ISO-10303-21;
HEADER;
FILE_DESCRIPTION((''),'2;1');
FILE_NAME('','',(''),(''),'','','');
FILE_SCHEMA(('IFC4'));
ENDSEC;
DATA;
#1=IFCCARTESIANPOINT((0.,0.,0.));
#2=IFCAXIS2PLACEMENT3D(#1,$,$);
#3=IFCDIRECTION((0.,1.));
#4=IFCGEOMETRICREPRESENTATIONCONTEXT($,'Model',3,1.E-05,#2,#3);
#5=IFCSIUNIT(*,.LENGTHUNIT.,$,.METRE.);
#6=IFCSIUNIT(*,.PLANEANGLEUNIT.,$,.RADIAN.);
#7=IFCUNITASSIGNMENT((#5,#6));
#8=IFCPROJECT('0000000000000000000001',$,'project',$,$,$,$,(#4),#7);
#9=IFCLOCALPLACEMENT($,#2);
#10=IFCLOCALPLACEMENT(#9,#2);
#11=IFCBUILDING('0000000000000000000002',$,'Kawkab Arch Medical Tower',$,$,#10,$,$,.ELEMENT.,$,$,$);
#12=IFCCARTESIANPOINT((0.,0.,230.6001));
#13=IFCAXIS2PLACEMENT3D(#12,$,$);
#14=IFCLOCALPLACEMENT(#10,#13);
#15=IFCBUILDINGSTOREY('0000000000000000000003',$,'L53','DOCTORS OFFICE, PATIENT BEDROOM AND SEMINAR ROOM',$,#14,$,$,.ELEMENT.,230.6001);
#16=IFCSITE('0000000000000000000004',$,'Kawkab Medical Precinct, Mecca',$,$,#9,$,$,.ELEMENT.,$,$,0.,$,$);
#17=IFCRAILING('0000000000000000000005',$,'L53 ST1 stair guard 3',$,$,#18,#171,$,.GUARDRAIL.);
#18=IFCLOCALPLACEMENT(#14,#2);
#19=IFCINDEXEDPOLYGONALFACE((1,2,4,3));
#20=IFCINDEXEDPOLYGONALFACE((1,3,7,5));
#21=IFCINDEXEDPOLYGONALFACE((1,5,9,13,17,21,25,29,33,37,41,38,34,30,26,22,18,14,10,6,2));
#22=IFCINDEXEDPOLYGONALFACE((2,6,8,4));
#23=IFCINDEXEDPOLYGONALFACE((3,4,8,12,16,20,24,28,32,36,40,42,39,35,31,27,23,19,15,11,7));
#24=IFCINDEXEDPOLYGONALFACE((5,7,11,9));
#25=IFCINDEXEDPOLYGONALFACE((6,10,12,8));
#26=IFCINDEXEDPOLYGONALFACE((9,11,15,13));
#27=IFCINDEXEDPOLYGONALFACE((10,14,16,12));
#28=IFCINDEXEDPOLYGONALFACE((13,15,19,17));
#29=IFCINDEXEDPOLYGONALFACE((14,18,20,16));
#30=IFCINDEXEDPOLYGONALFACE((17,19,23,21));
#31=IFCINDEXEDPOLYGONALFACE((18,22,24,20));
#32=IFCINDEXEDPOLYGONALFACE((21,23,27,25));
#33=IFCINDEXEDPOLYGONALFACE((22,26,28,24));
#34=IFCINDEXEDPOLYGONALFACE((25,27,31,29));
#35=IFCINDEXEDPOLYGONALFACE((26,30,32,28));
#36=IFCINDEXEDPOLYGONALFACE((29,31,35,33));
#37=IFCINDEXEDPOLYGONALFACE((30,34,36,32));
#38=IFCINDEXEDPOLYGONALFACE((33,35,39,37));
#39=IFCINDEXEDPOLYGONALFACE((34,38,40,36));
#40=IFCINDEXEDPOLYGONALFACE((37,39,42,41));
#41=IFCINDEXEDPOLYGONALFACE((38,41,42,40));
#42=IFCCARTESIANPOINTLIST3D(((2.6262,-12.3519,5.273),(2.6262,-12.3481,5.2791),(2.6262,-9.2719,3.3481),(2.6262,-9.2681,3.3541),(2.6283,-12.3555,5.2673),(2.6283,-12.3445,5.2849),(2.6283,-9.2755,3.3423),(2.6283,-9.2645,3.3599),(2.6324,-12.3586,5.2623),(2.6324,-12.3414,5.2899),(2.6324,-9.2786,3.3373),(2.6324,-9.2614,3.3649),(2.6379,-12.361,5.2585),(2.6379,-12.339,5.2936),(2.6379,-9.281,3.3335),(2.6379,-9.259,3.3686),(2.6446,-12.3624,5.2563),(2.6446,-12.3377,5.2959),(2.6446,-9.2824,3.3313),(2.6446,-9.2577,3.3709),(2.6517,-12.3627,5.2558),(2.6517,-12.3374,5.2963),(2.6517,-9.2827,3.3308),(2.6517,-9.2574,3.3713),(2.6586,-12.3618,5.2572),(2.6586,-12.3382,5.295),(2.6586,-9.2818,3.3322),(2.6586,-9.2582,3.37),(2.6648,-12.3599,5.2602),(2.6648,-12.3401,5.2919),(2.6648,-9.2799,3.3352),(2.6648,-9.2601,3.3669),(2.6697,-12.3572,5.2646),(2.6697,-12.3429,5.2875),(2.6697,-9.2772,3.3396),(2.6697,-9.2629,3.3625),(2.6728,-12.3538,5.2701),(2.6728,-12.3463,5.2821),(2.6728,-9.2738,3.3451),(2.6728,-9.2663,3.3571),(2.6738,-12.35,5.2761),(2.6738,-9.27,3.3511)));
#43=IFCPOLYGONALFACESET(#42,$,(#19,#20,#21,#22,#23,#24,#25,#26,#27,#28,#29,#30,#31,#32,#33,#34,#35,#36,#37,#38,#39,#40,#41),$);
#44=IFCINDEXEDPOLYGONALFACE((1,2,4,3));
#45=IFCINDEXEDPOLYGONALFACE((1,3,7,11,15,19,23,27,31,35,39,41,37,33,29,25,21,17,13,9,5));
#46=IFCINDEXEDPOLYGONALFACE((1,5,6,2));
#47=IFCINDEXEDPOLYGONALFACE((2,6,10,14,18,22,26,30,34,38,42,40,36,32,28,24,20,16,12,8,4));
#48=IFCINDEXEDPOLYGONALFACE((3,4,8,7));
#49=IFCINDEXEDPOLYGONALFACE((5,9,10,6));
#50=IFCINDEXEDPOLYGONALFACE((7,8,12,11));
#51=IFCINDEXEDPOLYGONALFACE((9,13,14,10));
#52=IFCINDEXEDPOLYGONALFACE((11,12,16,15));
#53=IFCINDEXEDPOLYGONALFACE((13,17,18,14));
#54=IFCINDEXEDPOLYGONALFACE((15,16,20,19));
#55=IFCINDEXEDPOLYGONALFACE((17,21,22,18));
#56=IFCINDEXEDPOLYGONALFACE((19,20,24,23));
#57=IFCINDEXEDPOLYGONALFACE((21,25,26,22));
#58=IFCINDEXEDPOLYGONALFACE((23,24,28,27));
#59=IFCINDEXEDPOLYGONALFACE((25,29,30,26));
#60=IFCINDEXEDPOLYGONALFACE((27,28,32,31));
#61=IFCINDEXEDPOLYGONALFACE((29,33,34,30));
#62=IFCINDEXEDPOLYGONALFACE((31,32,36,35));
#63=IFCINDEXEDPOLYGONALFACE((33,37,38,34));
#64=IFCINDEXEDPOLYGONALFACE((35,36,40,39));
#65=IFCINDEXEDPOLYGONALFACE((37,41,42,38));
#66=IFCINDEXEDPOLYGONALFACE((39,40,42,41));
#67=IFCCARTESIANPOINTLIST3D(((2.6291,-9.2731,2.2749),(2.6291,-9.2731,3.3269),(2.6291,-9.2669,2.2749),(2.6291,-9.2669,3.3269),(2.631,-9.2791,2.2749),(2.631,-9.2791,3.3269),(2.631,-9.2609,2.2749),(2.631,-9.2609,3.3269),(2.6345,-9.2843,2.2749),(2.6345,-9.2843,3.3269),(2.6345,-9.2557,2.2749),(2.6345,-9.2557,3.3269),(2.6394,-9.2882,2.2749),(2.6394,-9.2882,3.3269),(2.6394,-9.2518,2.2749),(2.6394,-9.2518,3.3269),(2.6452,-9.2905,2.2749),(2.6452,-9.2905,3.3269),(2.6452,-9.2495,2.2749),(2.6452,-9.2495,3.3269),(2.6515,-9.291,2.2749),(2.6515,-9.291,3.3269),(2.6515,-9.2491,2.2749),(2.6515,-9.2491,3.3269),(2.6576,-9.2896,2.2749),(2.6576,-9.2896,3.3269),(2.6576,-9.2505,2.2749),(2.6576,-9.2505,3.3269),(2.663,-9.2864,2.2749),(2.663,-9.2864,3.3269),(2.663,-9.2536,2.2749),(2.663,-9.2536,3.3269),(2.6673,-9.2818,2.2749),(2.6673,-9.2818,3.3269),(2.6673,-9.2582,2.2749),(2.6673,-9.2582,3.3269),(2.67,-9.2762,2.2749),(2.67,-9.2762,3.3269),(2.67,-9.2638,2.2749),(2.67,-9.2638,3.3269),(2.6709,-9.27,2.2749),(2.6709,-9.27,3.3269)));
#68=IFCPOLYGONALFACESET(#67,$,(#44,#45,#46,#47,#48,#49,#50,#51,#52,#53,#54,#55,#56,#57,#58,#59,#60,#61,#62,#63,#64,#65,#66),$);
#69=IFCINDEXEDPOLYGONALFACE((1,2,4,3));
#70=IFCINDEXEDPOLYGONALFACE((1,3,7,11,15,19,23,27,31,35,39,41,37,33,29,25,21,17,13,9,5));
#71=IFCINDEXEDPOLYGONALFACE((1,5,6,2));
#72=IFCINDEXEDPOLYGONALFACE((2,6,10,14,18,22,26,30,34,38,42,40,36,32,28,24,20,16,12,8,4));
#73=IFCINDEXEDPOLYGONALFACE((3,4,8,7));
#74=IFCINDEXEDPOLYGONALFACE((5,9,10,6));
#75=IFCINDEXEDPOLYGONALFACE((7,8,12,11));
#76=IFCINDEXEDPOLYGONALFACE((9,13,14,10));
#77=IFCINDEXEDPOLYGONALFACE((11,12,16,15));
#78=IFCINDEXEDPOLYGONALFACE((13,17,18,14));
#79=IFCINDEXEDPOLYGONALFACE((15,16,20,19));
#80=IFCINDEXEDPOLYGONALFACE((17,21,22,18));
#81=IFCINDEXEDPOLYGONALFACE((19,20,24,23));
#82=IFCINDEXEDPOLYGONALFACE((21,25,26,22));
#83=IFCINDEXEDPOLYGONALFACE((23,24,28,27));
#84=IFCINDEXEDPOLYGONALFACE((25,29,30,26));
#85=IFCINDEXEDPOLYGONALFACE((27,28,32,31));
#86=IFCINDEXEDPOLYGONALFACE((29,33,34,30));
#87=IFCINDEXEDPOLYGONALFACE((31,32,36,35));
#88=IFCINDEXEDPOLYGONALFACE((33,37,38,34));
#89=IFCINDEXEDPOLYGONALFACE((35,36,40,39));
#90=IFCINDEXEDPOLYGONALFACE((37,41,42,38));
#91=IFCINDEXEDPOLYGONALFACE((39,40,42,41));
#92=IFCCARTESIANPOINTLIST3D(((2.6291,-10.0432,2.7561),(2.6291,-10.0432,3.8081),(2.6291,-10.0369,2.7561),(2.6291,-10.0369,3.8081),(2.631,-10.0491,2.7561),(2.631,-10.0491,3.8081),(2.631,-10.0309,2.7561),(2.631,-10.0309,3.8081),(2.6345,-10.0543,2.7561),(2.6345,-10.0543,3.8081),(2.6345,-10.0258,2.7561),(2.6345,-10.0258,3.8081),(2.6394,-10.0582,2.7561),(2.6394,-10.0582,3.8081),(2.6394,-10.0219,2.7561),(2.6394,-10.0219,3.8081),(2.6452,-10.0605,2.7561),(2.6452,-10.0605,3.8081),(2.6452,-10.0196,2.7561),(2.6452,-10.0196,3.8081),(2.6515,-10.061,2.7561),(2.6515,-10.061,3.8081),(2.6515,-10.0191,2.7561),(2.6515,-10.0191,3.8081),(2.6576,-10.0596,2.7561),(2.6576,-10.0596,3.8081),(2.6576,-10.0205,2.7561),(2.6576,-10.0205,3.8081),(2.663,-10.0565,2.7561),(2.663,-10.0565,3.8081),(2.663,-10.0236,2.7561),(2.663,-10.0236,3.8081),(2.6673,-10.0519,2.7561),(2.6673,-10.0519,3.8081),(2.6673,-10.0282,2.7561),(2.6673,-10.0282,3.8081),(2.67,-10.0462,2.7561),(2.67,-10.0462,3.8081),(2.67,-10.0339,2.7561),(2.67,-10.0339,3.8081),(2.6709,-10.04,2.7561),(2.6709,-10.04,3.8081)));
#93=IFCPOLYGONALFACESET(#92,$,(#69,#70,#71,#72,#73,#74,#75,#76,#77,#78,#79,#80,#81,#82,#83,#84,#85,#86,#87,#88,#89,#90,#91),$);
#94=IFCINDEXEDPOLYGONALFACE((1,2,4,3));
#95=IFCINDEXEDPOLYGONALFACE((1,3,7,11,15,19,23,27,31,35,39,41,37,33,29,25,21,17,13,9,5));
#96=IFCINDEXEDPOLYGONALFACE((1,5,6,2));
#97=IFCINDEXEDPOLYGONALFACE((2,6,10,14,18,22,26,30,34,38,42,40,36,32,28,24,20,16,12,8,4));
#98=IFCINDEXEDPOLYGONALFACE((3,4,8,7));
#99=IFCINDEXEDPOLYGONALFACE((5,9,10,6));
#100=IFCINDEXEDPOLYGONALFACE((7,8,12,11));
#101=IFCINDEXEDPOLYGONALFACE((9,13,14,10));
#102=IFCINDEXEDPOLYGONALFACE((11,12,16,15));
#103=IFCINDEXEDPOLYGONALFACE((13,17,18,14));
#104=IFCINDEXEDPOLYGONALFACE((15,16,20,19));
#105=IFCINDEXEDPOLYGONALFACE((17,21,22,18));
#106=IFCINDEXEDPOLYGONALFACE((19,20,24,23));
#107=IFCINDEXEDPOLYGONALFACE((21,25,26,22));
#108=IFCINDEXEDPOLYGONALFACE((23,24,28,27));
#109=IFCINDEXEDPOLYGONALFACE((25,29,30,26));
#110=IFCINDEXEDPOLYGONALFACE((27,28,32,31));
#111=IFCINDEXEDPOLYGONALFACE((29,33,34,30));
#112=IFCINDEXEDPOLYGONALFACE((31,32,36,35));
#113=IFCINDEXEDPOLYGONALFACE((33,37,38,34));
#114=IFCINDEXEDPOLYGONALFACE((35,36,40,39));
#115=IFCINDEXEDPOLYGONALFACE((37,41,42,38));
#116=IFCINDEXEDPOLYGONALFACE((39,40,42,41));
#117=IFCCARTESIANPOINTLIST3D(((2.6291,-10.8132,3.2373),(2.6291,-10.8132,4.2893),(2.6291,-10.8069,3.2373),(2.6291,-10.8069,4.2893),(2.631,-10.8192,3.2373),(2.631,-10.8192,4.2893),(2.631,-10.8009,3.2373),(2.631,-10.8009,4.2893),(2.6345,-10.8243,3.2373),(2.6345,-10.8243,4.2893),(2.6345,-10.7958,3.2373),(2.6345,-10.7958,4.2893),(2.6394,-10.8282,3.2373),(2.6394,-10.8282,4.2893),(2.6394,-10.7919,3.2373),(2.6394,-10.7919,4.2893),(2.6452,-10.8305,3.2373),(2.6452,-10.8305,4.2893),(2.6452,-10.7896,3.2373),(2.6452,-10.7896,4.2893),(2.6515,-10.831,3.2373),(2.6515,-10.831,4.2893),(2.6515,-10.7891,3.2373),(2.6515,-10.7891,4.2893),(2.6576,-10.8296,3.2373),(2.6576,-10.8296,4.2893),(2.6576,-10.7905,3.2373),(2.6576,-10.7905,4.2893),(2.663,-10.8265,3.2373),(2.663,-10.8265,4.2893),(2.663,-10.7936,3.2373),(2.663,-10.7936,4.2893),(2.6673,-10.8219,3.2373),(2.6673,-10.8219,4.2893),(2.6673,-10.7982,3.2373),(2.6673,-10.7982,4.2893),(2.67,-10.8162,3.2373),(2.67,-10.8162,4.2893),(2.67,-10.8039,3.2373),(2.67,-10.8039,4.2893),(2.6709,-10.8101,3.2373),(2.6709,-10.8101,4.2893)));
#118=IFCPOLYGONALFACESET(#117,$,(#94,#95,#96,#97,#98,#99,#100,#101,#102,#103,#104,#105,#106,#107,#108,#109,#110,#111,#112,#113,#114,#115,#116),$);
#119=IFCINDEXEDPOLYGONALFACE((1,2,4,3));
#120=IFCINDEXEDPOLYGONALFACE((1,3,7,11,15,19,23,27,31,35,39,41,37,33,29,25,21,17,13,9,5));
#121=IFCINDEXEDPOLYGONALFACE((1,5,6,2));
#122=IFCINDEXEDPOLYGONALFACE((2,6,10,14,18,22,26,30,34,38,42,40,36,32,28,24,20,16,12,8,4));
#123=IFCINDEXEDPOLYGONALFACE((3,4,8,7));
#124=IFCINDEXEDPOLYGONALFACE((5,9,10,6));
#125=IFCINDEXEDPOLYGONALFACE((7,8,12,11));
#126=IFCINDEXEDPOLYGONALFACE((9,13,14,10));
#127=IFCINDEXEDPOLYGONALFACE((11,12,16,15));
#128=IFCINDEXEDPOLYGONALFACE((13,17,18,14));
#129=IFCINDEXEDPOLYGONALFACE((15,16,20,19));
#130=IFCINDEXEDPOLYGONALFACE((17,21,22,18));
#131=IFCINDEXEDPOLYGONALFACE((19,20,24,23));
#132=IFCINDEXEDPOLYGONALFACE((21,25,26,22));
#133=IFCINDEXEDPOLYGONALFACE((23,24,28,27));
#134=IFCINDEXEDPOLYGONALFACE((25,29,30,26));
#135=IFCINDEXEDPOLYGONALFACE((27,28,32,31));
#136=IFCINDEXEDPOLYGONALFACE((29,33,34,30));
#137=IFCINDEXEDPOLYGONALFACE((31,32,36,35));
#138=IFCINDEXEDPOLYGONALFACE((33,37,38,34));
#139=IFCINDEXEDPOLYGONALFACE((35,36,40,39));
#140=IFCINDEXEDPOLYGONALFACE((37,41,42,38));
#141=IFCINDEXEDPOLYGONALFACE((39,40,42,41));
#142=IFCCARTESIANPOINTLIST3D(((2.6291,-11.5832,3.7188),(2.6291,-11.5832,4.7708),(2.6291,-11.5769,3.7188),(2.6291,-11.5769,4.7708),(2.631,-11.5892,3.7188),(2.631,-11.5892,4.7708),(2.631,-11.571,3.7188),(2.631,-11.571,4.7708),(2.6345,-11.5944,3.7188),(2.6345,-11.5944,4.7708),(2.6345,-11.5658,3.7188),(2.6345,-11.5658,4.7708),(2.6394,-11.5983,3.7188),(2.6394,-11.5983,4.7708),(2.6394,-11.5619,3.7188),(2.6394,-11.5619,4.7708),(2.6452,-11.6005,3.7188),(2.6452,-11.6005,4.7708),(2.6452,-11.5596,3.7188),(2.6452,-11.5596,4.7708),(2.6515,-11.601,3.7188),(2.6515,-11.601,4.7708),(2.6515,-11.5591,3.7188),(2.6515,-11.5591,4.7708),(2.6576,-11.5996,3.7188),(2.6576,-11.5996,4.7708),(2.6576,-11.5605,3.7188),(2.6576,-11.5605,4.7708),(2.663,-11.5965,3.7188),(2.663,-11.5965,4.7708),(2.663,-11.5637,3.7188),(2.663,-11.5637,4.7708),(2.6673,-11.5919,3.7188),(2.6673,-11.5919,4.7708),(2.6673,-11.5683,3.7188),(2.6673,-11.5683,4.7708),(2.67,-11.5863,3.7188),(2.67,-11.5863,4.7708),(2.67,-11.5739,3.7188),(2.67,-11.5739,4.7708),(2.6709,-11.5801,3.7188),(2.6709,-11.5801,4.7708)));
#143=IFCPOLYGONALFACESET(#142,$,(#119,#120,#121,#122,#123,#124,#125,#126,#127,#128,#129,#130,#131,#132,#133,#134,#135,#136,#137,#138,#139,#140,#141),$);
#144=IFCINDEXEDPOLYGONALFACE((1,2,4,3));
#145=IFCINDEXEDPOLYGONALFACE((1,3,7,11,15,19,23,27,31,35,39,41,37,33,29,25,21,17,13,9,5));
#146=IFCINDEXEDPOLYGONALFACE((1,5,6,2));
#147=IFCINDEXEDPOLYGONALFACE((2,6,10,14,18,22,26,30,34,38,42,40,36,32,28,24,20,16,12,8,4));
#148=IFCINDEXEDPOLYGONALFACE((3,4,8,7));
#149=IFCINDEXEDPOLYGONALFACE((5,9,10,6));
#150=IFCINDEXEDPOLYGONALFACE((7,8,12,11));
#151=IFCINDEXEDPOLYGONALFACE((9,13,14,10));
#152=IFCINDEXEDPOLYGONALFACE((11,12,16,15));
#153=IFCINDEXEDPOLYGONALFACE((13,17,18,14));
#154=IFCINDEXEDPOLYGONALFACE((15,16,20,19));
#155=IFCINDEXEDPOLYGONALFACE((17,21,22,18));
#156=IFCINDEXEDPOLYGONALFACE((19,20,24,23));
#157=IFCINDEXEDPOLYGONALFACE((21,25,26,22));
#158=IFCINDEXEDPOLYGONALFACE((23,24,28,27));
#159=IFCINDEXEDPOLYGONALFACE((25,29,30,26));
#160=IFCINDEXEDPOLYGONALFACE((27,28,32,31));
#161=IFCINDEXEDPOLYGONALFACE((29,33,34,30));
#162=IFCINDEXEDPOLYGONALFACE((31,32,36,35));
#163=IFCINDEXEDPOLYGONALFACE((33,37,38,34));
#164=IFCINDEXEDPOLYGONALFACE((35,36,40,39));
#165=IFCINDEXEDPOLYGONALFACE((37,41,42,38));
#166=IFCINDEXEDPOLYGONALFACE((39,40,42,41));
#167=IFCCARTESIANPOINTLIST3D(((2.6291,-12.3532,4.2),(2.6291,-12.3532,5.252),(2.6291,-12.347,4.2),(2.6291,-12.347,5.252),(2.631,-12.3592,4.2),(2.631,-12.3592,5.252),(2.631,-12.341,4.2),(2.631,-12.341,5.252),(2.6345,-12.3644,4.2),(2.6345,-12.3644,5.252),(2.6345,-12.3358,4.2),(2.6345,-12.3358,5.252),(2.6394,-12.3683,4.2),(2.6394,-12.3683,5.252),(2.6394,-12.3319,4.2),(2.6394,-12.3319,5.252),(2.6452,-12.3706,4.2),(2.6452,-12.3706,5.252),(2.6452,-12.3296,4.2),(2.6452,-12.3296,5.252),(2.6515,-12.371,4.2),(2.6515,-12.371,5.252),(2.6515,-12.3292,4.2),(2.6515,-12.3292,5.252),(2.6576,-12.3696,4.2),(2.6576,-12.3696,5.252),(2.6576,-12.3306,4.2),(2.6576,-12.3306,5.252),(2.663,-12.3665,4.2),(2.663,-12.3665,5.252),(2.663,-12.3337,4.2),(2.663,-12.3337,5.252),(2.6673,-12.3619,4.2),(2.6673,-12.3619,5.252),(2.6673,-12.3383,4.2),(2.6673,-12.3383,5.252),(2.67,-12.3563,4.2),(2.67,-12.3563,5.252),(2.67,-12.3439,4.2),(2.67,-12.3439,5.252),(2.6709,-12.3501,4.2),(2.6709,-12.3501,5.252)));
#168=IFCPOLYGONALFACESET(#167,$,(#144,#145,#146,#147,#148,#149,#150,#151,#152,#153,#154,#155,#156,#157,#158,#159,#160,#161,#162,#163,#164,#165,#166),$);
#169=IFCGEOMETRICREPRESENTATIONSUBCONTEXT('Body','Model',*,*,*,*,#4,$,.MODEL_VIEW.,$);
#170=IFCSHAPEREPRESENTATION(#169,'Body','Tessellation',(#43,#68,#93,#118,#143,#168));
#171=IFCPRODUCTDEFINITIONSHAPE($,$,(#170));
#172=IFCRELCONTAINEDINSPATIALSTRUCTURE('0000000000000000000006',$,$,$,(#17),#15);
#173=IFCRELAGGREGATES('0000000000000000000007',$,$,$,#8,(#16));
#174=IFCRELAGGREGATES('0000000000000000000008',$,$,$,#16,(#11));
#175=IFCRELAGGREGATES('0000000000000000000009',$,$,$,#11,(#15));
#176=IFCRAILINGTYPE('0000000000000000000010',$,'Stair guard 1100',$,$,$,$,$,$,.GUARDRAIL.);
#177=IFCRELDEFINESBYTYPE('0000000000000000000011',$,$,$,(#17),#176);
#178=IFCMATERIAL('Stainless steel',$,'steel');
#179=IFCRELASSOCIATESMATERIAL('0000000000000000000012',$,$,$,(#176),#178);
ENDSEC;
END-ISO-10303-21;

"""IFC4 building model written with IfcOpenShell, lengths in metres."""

from ifc_helpers import new_model, si_unit, direction, frame, origin, origin_2d, place, context, subcontext, project, spatial, circle, extrude, material, type_object, element, save


model = new_model("IFC4")

# Units and contexts
model_context = context("Model", 3, precision=1e-05, world=origin(), true_north=direction((0.0, 1.0)))
body_context = subcontext(model_context, "Body", "Model", "MODEL_VIEW")
ifc_project = project(units=[si_unit("LENGTHUNIT", "METRE"), si_unit("PLANEANGLEUNIT", "RADIAN")], contexts=[model_context])

# Site, building, storey
site_placement = place(None, origin())
site = spatial("IfcSite", under=ifc_project, at=site_placement, Name="Kawkab Medical Precinct, Mecca", CompositionType="ELEMENT", RefElevation=0.0)
building_placement = place(site_placement, origin())
building = spatial("IfcBuilding", under=site, at=building_placement, Name="Kawkab Arch Medical Tower", CompositionType="ELEMENT")
storey_placement = place(building_placement, frame((0.0, 0.0, 230.6001)))
storey = spatial("IfcBuildingStorey", under=building, at=storey_placement, Name="L53", Description="DOCTORS OFFICE, PATIENT BEDROOM AND SEMINAR ROOM", CompositionType="ELEMENT", Elevation=230.6001)

# Railing
ifc_material_1 = material(Name="Stainless steel", Category="steel")
railing_type = type_object("IfcRailingType", Name="Stair guard 1100", PredefinedType="GUARDRAIL", material=ifc_material_1)
railing_1_placement = place(storey_placement, frame((2.6499, -9.27, 2.2749)))
element("IfcRailing", 1, at=railing_1_placement, inside=storey, type_object=railing_type, Name="L53 ST1 stair guard 3", PredefinedType="GUARDRAIL", context=body_context, shape_type="SweptSolid", body=[
    extrude(circle(Radius=0.0239, at=origin_2d()), frame((0.0, 0.0, 1.0762), z_axis=(0.0, -0.847998, 0.529999), x_axis=(1.0, 0.0, 0.0)), (0.0, 0.0, 1.0), 3.6321),
    extrude(circle(Radius=0.021, at=origin_2d()), origin(), (0.0, 0.0, 1.0), 1.052),
    extrude(circle(Radius=0.021, at=origin_2d()), frame((0.0, -0.77, 0.4812)), (0.0, 0.0, 1.0), 1.052),
    extrude(circle(Radius=0.021, at=origin_2d()), frame((0.0, -1.54, 0.9624)), (0.0, 0.0, 1.0), 1.052),
    extrude(circle(Radius=0.021, at=origin_2d()), frame((0.0, -2.3101, 1.4438)), (0.0, 0.0, 1.0), 1.052),
    extrude(circle(Radius=0.021, at=origin_2d()), frame((0.0, -3.0801, 1.925)), (0.0, 0.0, 1.0), 1.052),
])

save(model, "model.ifc")
